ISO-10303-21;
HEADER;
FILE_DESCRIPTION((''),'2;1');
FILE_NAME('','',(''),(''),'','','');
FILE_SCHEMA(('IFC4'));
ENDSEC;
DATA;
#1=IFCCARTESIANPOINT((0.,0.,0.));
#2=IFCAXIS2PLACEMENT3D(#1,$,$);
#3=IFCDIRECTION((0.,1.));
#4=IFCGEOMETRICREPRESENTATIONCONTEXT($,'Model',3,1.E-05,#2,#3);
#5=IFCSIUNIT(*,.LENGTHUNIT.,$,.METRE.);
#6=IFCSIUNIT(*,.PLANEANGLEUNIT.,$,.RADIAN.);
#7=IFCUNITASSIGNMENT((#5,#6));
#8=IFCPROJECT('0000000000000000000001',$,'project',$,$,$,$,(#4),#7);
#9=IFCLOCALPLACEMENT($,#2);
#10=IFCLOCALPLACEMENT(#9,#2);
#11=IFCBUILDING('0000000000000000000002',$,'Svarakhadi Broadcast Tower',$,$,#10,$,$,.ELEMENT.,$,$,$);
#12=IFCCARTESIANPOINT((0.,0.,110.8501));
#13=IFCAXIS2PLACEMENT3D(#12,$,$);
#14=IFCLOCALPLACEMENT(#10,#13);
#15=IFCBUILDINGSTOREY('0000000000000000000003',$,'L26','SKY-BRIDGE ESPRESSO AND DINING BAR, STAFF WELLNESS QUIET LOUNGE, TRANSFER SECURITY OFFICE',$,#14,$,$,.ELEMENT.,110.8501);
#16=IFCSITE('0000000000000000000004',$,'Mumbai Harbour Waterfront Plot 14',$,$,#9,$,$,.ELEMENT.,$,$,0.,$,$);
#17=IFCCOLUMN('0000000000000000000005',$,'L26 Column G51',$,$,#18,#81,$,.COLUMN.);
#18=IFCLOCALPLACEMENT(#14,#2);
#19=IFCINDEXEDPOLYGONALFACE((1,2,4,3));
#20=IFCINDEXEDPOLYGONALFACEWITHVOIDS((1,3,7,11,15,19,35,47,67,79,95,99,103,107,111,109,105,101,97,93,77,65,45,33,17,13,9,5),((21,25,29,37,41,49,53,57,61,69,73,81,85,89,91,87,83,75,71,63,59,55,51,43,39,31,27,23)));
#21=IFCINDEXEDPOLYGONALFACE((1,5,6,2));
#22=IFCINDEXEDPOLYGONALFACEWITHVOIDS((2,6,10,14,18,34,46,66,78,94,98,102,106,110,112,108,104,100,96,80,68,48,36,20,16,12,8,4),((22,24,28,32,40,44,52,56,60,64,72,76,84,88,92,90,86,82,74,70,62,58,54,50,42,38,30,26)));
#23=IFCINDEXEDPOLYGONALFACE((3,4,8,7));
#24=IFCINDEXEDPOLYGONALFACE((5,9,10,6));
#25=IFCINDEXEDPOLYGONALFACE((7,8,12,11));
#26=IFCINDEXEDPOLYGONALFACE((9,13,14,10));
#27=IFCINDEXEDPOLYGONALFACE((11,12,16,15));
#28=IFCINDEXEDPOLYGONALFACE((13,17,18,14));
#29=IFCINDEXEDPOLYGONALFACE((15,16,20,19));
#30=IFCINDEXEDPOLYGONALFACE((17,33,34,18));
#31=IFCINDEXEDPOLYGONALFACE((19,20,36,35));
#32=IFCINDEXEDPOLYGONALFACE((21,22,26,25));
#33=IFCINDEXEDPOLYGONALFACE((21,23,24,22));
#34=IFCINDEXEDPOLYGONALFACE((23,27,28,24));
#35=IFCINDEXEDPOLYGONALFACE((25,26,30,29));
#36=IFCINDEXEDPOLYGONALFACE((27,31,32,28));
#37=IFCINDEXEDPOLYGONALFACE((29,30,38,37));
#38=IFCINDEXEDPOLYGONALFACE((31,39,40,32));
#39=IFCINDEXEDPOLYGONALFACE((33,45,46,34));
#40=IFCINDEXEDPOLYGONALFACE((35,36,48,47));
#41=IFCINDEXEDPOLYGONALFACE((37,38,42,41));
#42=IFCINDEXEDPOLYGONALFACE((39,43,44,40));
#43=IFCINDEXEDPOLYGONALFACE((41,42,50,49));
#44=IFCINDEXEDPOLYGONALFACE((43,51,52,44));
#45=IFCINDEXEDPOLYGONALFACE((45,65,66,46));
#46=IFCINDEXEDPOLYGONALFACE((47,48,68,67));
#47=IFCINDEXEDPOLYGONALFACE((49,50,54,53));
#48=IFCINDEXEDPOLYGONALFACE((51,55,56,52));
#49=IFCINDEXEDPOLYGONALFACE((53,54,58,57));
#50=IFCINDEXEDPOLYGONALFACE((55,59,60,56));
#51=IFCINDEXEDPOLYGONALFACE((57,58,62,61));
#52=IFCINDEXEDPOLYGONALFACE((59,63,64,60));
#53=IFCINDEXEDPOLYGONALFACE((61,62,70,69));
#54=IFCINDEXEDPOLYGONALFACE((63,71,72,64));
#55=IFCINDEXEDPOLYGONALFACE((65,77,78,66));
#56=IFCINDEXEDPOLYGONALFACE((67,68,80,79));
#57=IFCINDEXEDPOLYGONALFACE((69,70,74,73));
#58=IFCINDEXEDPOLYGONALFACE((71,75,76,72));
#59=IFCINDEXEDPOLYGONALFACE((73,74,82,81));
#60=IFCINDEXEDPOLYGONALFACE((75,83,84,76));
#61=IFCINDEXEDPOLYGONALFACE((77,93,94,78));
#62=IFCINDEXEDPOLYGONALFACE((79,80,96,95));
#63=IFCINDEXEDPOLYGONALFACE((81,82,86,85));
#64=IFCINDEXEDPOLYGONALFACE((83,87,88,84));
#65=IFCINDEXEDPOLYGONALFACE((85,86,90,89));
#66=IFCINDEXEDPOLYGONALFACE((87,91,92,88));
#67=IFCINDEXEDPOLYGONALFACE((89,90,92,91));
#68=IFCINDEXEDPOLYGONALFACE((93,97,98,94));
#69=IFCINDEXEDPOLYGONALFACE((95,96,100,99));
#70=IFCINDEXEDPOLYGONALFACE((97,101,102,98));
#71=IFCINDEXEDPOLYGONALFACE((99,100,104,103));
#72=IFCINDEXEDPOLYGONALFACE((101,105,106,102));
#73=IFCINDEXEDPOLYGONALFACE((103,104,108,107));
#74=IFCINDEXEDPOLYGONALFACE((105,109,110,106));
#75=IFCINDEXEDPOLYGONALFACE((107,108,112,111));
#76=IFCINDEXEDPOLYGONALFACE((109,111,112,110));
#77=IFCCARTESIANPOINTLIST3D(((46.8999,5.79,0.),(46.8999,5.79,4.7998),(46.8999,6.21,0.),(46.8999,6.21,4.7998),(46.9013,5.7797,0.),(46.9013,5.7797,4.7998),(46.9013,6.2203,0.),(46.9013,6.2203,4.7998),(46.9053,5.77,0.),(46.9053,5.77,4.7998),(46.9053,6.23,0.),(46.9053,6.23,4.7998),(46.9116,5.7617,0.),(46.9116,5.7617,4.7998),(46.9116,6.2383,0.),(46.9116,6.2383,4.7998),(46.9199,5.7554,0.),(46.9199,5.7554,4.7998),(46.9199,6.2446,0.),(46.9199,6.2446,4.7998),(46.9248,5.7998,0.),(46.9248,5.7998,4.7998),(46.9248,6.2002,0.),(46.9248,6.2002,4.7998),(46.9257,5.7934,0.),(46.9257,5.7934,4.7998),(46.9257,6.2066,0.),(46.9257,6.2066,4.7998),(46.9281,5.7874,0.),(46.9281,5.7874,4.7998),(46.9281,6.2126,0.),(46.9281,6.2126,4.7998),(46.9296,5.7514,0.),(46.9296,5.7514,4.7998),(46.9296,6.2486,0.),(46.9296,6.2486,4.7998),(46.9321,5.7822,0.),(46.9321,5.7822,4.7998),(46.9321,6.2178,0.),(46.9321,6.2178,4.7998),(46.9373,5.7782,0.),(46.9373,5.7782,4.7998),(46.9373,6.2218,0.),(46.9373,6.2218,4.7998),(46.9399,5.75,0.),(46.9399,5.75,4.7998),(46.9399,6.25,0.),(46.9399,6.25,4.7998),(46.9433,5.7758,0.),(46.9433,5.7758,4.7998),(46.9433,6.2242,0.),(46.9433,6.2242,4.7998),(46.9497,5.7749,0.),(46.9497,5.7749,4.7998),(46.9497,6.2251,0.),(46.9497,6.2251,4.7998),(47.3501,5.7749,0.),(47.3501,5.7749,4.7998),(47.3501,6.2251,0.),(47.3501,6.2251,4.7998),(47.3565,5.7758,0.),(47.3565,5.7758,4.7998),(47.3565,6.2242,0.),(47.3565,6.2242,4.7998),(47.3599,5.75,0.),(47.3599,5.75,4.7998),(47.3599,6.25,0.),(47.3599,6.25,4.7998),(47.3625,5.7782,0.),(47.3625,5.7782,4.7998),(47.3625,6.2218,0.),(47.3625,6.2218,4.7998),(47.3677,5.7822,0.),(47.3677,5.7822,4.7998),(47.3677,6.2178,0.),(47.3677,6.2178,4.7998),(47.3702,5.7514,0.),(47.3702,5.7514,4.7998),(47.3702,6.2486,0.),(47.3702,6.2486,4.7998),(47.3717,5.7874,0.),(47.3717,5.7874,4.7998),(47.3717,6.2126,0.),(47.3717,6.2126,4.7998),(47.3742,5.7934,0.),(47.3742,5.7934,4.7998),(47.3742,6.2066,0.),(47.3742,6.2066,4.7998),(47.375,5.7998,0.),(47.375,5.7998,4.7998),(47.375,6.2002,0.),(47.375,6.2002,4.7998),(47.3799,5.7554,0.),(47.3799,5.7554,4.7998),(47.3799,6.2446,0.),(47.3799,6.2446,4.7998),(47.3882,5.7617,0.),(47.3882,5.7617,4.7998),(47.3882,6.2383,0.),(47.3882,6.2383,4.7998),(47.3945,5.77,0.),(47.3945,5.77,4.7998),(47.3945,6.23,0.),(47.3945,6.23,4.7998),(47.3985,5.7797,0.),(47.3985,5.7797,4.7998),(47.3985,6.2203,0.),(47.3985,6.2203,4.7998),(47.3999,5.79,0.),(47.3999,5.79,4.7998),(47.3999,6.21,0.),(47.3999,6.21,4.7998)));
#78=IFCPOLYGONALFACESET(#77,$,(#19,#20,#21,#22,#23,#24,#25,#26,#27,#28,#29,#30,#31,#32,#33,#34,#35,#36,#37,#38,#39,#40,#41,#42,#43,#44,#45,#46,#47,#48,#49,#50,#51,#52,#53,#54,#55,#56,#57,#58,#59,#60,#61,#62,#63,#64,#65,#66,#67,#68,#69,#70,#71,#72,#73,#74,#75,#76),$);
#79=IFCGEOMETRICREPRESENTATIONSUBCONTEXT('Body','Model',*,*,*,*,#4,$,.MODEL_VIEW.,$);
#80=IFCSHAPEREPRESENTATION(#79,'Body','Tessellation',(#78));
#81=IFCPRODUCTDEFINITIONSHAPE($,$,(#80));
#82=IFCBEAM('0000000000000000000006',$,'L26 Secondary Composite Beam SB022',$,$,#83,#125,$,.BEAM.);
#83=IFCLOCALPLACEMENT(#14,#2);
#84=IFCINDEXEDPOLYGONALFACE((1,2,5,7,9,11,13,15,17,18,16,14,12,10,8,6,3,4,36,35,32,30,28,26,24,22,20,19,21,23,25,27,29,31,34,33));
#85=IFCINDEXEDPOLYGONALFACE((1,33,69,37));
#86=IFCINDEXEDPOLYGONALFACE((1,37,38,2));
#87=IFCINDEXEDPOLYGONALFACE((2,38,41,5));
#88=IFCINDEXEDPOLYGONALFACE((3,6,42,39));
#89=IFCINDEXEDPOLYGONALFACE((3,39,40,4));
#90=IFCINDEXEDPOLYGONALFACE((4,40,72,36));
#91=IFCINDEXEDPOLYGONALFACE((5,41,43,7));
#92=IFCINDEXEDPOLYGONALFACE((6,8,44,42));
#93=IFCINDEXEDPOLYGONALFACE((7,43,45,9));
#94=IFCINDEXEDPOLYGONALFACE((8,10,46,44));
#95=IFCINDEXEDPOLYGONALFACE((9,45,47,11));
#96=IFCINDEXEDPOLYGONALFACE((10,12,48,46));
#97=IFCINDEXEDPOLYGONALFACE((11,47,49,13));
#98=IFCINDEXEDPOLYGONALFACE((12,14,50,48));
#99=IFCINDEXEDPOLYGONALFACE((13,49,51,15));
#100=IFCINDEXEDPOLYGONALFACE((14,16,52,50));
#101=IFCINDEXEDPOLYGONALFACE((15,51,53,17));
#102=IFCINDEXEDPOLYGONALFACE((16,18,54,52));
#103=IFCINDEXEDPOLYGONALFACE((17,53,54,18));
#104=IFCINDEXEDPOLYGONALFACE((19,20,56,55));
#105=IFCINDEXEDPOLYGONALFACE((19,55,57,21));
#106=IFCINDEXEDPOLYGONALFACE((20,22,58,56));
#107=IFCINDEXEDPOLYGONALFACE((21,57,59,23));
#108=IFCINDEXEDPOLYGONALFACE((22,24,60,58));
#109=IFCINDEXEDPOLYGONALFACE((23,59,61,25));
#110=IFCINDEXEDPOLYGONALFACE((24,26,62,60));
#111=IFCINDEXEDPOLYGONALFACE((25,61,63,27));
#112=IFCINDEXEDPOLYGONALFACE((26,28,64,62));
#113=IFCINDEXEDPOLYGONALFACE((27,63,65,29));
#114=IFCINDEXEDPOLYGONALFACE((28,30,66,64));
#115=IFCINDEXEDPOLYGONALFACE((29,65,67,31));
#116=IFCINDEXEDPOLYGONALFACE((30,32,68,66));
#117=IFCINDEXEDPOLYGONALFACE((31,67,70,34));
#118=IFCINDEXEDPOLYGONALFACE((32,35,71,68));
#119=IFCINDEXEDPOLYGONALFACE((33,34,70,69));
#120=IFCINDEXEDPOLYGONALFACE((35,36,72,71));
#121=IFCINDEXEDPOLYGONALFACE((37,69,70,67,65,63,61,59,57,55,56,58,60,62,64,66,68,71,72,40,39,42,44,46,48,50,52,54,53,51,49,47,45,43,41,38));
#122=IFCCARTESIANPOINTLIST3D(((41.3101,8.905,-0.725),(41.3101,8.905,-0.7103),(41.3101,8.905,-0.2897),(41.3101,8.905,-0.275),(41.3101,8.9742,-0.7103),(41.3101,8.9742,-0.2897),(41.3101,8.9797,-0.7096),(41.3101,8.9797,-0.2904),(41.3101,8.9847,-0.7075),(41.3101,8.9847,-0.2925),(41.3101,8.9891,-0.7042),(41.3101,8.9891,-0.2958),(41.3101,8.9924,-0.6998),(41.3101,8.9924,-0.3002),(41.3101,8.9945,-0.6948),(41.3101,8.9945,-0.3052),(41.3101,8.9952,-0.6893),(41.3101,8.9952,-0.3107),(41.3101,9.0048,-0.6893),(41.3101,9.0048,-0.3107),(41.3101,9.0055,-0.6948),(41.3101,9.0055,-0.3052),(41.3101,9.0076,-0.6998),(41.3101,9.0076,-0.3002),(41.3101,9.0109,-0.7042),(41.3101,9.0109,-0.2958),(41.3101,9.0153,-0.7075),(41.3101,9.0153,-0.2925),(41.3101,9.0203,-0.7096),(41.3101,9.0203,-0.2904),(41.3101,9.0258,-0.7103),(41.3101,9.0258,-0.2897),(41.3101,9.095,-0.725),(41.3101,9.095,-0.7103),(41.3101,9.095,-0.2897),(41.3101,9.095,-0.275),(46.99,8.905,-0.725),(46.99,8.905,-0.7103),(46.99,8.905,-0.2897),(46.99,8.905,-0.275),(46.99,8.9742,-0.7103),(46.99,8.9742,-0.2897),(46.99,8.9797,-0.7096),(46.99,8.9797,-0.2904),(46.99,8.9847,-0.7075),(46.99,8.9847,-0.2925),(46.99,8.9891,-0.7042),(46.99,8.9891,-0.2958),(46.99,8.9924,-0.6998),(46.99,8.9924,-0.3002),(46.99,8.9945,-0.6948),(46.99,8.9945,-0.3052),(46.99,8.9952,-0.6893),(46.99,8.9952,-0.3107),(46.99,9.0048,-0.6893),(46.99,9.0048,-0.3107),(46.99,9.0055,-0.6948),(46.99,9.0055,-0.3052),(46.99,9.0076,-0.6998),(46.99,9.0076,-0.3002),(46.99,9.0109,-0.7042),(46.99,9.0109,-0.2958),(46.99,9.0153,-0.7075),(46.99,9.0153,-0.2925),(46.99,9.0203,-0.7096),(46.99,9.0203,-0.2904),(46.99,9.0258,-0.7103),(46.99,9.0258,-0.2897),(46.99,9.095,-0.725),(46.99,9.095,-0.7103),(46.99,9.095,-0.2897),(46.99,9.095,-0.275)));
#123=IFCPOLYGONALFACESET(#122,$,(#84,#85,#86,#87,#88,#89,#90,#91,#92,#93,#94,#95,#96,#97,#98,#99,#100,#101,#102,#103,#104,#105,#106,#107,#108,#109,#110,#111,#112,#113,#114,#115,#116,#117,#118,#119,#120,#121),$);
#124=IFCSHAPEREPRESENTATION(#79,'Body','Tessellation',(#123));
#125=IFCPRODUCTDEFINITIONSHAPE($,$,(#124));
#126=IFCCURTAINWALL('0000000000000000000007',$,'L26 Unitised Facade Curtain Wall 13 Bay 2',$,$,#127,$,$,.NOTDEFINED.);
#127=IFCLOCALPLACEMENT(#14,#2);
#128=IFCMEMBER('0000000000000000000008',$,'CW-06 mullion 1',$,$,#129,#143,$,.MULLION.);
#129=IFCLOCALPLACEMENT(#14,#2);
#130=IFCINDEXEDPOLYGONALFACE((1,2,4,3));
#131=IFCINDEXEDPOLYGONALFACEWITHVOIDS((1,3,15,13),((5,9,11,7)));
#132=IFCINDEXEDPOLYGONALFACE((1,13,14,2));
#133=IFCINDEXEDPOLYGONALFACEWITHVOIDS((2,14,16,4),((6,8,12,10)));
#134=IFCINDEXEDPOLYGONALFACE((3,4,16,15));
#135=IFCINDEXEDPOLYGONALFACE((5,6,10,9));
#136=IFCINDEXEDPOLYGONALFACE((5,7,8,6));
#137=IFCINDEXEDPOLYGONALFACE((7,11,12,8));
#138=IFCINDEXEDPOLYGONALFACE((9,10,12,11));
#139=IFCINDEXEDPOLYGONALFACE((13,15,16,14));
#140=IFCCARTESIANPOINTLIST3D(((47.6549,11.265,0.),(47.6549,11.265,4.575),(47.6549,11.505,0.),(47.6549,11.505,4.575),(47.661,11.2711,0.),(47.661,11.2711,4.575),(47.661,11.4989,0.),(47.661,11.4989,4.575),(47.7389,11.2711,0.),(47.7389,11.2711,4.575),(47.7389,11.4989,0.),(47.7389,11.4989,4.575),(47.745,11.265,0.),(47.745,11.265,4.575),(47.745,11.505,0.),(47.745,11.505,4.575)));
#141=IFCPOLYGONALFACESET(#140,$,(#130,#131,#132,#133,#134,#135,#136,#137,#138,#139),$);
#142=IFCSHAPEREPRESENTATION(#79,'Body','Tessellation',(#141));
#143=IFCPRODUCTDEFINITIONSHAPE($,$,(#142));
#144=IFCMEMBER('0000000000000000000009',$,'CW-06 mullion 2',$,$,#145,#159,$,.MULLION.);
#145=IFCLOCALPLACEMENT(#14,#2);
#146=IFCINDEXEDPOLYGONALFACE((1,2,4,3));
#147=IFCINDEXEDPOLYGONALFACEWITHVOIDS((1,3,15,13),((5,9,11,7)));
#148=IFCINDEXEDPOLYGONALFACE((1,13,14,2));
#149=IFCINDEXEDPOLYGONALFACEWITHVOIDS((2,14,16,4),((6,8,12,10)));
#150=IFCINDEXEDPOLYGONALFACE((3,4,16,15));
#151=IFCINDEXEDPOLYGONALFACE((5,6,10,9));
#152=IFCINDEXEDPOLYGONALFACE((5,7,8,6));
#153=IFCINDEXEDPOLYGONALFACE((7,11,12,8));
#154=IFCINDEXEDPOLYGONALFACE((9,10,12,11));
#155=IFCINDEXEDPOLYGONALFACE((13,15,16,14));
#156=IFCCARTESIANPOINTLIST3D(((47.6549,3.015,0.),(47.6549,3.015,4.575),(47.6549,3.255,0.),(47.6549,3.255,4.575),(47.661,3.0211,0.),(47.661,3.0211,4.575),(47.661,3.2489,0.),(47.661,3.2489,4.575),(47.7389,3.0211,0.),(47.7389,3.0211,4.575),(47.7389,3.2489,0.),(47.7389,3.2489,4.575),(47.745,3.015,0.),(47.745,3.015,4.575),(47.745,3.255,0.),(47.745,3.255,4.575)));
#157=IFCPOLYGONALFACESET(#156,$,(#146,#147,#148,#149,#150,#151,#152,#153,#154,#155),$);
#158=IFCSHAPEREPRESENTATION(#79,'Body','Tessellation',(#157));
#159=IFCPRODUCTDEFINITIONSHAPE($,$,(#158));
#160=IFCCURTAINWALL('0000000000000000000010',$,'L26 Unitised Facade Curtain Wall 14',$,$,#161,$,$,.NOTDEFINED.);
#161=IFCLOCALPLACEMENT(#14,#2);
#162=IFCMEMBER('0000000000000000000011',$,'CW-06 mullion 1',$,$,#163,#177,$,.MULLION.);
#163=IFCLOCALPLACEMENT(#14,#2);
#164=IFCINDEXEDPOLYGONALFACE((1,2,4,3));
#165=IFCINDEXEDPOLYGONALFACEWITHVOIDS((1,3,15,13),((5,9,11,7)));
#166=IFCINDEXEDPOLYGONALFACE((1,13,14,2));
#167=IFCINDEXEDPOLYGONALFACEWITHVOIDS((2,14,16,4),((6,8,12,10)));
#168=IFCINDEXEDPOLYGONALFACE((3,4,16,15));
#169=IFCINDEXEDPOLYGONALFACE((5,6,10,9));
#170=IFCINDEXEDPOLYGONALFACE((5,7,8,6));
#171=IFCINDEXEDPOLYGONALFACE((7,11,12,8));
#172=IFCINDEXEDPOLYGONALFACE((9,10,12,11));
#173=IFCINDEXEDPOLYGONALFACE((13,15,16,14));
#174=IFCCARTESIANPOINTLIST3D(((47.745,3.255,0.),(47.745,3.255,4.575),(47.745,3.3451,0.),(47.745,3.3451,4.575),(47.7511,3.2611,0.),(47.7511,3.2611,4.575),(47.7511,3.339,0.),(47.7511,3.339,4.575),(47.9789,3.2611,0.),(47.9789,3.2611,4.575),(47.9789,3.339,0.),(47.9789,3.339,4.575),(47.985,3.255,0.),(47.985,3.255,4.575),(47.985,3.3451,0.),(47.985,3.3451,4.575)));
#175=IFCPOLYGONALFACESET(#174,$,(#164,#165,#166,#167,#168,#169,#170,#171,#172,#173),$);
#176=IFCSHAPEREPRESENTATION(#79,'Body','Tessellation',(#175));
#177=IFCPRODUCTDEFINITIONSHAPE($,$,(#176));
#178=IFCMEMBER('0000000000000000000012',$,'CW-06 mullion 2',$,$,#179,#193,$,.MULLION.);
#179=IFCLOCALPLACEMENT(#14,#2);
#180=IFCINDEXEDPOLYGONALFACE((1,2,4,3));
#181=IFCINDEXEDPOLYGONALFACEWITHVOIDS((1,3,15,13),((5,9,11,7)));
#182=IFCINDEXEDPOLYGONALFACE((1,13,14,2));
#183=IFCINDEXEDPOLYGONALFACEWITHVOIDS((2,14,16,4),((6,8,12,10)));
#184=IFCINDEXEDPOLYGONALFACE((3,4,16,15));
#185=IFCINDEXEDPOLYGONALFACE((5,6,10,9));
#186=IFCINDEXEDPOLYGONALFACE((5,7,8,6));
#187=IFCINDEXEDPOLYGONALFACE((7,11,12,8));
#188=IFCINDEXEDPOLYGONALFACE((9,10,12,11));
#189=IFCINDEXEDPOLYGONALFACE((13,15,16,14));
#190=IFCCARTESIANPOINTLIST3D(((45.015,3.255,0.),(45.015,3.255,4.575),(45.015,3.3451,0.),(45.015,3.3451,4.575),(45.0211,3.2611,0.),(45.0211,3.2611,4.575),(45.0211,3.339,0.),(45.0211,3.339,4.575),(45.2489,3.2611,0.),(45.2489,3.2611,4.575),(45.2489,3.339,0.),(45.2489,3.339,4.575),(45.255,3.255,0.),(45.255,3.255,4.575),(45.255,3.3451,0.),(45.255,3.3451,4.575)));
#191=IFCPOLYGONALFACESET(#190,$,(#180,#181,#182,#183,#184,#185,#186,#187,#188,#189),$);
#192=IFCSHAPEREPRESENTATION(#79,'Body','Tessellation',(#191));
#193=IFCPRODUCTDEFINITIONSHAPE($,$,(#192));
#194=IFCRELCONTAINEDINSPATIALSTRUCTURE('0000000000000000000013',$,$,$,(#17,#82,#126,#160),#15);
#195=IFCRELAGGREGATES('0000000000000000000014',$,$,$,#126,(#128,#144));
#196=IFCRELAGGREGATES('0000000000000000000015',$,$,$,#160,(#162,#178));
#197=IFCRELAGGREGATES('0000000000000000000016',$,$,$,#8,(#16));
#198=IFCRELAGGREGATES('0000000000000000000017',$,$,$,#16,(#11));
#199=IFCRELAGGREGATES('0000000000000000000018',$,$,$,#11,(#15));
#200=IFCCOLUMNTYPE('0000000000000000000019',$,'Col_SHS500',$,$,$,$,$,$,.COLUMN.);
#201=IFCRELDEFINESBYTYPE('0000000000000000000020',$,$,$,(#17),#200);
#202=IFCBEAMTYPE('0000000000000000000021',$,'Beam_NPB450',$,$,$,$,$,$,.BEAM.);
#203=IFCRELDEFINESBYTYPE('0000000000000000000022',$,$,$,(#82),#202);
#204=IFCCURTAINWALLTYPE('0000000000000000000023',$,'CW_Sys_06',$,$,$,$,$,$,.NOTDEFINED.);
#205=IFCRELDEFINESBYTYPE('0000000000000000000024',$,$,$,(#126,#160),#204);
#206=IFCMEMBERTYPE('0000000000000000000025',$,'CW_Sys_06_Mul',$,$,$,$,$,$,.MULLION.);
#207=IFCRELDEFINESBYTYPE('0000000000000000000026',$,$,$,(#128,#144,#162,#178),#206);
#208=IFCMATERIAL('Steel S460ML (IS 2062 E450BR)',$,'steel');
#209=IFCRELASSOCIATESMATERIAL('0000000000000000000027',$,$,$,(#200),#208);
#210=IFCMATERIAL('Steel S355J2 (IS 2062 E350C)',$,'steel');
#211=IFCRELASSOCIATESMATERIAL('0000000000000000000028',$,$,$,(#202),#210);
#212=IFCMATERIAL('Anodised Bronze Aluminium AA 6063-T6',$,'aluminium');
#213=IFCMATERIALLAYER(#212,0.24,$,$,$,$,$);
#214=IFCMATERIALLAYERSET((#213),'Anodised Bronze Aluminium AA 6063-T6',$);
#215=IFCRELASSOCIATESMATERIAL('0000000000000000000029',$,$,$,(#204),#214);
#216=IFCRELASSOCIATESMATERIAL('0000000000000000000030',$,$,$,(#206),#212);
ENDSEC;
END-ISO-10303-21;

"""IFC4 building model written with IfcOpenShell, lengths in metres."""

from ifc_helpers import new_model, si_unit, direction, frame, origin, origin_2d, place, context, subcontext, project, spatial, hollow_rectangle, i_section, extrude, material, layer, layer_set, material_profile, profile_set, type_object, element, aggregate, save


model = new_model("IFC4")

# Units and contexts
model_context = context("Model", 3, precision=1e-05, world=origin(), true_north=direction((0.0, 1.0)))
body_context = subcontext(model_context, "Body", "Model", "MODEL_VIEW")
ifc_project = project(units=[si_unit("LENGTHUNIT", "METRE"), si_unit("PLANEANGLEUNIT", "RADIAN")], contexts=[model_context])

# Site, building, storey
site_placement = place(None, origin())
site = spatial("IfcSite", under=ifc_project, at=site_placement, Name="Mumbai Harbour Waterfront Plot 14", CompositionType="ELEMENT", RefElevation=0.0)
building_placement = place(site_placement, origin())
building = spatial("IfcBuilding", under=site, at=building_placement, Name="Svarakhadi Broadcast Tower", CompositionType="ELEMENT")
storey_placement = place(building_placement, frame((0.0, 0.0, 110.8501)))
storey = spatial("IfcBuildingStorey", under=building, at=storey_placement, Name="L26", Description="SKY-BRIDGE ESPRESSO AND DINING BAR, STAFF WELLNESS QUIET LOUNGE, TRANSFER SECURITY OFFICE", CompositionType="ELEMENT", Elevation=110.8501)

# Column
ifc_material_1 = material(Name="Steel S460ML (IS 2062 E450BR)", Category="steel")
ifc_material_profile_1 = material_profile(ifc_material_1, hollow_rectangle(XDim=0.5, YDim=0.5, WallThickness=0.0249, InnerFilletRadius=0.0249, OuterFilletRadius=0.04, at=origin_2d()), Name="SHS 500x500x25")
ifc_profile_set_1 = profile_set([ifc_material_profile_1], Name="Steel S460ML (IS 2062 E450BR)")
column_type = type_object("IfcColumnType", Name="Col_SHS500", PredefinedType="COLUMN", material=ifc_profile_set_1)
column_placement = place(storey_placement, frame((47.1499, 6.0, 0.0), z_axis=(0.0, 0.0, 1.0), x_axis=(1.0, 0.0, 0.0)))
element("IfcColumn", 1, at=column_placement, inside=storey, type_object=column_type, Name="L26 Column G51", PredefinedType="COLUMN", context=body_context, shape_type="SweptSolid", body=[
    extrude(hollow_rectangle(XDim=0.5, YDim=0.5, WallThickness=0.0249, InnerFilletRadius=0.0249, OuterFilletRadius=0.04, at=origin_2d()), origin(), (0.0, 0.0, 1.0), 4.7998),
])

# Beam
ifc_material_2 = material(Name="Steel S355J2 (IS 2062 E350C)", Category="steel")
ifc_material_profile_2 = material_profile(ifc_material_2, i_section(OverallWidth=0.1899, OverallDepth=0.45, WebThickness=0.0095, FlangeThickness=0.0146, FilletRadius=0.021, at=origin_2d()), Name="NPB 450x190x78")
ifc_profile_set_2 = profile_set([ifc_material_profile_2], Name="Steel S355J2 (IS 2062 E350C)")
beam_type_1 = type_object("IfcBeamType", Name="Beam_NPB450", PredefinedType="BEAM", material=ifc_profile_set_2)
beam_placement = place(storey_placement, frame((41.3101, 9.0, -0.5), z_axis=(1.0, 0.0, 0.0), x_axis=(0.0, 1.0, 0.0)))
element("IfcBeam", 2, at=beam_placement, inside=storey, type_object=beam_type_1, Name="L26 Secondary Composite Beam SB022", PredefinedType="BEAM", context=body_context, shape_type="SweptSolid", body=[
    extrude(i_section(OverallWidth=0.1899, OverallDepth=0.45, WebThickness=0.0095, FlangeThickness=0.0146, FilletRadius=0.021, at=origin_2d()), origin(), (0.0, 0.0, 1.0), 5.6799),
])

# Curtain walls, members
ifc_material_3 = material(Name="Anodised Bronze Aluminium AA 6063-T6", Category="aluminium")
ifc_layer_1 = layer(ifc_material_3, 0.24)
ifc_layer_set_1 = layer_set([ifc_layer_1], Name="Anodised Bronze Aluminium AA 6063-T6")
curtain_wall_type = type_object("IfcCurtainWallType", Name="CW_Sys_06", PredefinedType="NOTDEFINED", material=ifc_layer_set_1)
curtain_wall_1_placement = place(storey_placement, origin())
curtain_wall_1 = element("IfcCurtainWall", 3, at=curtain_wall_1_placement, inside=storey, type_object=curtain_wall_type, Name="L26 Unitised Facade Curtain Wall 13 Bay 2", PredefinedType="NOTDEFINED")
ifc_material_profile_3 = material_profile(ifc_material_3, hollow_rectangle(XDim=0.0901, YDim=0.24, WallThickness=0.0061, at=origin_2d()), Name="ALU MULLION 240x90x6")
ifc_profile_set_3 = profile_set([ifc_material_profile_3], Name="Anodised Bronze Aluminium AA 6063-T6")
member_type_1 = type_object("IfcMemberType", Name="CW_Sys_06_Mul", PredefinedType="MULLION", material=ifc_profile_set_3)
member_1_placement = place(storey_placement, frame((47.7, 11.385, 0.0), z_axis=(0.0, 0.0, 1.0), x_axis=(1.0, 0.0, 0.0)))
member_1 = element("IfcMember", 4, at=member_1_placement, type_object=member_type_1, Name="CW-06 mullion 1", PredefinedType="MULLION", context=body_context, shape_type="SweptSolid", body=[
    extrude(hollow_rectangle(XDim=0.0901, YDim=0.24, WallThickness=0.0061, at=origin_2d()), origin(), (0.0, 0.0, 1.0), 4.575),
])
member_2_placement = place(storey_placement, frame((47.7, 3.135, 0.0), z_axis=(0.0, 0.0, 1.0), x_axis=(1.0, 0.0, 0.0)))
member_2 = element("IfcMember", 5, at=member_2_placement, type_object=member_type_1, Name="CW-06 mullion 2", PredefinedType="MULLION", context=body_context, shape_type="SweptSolid", body=[
    extrude(hollow_rectangle(XDim=0.0901, YDim=0.24, WallThickness=0.0061, at=origin_2d()), origin(), (0.0, 0.0, 1.0), 4.575),
])
curtain_wall_2_placement = place(storey_placement, origin())
curtain_wall_2 = element("IfcCurtainWall", 6, at=curtain_wall_2_placement, inside=storey, type_object=curtain_wall_type, Name="L26 Unitised Facade Curtain Wall 14", PredefinedType="NOTDEFINED")
member_3_placement = place(storey_placement, frame((47.865, 3.3, 0.0), z_axis=(0.0, 0.0, 1.0), x_axis=(0.0, -1.0, 0.0)))
member_3 = element("IfcMember", 7, at=member_3_placement, type_object=member_type_1, Name="CW-06 mullion 1", PredefinedType="MULLION", context=body_context, shape_type="SweptSolid", body=[
    extrude(hollow_rectangle(XDim=0.0901, YDim=0.24, WallThickness=0.0061, at=origin_2d()), origin(), (0.0, 0.0, 1.0), 4.575),
])
member_4_placement = place(storey_placement, frame((45.135, 3.3, 0.0), z_axis=(0.0, 0.0, 1.0), x_axis=(0.0, -1.0, 0.0)))
member_4 = element("IfcMember", 8, at=member_4_placement, type_object=member_type_1, Name="CW-06 mullion 2", PredefinedType="MULLION", context=body_context, shape_type="SweptSolid", body=[
    extrude(hollow_rectangle(XDim=0.0901, YDim=0.24, WallThickness=0.0061, at=origin_2d()), origin(), (0.0, 0.0, 1.0), 4.575),
])

aggregate(curtain_wall_1, [member_1, member_2])
aggregate(curtain_wall_2, [member_3, member_4])

save(model, "model.ifc")
